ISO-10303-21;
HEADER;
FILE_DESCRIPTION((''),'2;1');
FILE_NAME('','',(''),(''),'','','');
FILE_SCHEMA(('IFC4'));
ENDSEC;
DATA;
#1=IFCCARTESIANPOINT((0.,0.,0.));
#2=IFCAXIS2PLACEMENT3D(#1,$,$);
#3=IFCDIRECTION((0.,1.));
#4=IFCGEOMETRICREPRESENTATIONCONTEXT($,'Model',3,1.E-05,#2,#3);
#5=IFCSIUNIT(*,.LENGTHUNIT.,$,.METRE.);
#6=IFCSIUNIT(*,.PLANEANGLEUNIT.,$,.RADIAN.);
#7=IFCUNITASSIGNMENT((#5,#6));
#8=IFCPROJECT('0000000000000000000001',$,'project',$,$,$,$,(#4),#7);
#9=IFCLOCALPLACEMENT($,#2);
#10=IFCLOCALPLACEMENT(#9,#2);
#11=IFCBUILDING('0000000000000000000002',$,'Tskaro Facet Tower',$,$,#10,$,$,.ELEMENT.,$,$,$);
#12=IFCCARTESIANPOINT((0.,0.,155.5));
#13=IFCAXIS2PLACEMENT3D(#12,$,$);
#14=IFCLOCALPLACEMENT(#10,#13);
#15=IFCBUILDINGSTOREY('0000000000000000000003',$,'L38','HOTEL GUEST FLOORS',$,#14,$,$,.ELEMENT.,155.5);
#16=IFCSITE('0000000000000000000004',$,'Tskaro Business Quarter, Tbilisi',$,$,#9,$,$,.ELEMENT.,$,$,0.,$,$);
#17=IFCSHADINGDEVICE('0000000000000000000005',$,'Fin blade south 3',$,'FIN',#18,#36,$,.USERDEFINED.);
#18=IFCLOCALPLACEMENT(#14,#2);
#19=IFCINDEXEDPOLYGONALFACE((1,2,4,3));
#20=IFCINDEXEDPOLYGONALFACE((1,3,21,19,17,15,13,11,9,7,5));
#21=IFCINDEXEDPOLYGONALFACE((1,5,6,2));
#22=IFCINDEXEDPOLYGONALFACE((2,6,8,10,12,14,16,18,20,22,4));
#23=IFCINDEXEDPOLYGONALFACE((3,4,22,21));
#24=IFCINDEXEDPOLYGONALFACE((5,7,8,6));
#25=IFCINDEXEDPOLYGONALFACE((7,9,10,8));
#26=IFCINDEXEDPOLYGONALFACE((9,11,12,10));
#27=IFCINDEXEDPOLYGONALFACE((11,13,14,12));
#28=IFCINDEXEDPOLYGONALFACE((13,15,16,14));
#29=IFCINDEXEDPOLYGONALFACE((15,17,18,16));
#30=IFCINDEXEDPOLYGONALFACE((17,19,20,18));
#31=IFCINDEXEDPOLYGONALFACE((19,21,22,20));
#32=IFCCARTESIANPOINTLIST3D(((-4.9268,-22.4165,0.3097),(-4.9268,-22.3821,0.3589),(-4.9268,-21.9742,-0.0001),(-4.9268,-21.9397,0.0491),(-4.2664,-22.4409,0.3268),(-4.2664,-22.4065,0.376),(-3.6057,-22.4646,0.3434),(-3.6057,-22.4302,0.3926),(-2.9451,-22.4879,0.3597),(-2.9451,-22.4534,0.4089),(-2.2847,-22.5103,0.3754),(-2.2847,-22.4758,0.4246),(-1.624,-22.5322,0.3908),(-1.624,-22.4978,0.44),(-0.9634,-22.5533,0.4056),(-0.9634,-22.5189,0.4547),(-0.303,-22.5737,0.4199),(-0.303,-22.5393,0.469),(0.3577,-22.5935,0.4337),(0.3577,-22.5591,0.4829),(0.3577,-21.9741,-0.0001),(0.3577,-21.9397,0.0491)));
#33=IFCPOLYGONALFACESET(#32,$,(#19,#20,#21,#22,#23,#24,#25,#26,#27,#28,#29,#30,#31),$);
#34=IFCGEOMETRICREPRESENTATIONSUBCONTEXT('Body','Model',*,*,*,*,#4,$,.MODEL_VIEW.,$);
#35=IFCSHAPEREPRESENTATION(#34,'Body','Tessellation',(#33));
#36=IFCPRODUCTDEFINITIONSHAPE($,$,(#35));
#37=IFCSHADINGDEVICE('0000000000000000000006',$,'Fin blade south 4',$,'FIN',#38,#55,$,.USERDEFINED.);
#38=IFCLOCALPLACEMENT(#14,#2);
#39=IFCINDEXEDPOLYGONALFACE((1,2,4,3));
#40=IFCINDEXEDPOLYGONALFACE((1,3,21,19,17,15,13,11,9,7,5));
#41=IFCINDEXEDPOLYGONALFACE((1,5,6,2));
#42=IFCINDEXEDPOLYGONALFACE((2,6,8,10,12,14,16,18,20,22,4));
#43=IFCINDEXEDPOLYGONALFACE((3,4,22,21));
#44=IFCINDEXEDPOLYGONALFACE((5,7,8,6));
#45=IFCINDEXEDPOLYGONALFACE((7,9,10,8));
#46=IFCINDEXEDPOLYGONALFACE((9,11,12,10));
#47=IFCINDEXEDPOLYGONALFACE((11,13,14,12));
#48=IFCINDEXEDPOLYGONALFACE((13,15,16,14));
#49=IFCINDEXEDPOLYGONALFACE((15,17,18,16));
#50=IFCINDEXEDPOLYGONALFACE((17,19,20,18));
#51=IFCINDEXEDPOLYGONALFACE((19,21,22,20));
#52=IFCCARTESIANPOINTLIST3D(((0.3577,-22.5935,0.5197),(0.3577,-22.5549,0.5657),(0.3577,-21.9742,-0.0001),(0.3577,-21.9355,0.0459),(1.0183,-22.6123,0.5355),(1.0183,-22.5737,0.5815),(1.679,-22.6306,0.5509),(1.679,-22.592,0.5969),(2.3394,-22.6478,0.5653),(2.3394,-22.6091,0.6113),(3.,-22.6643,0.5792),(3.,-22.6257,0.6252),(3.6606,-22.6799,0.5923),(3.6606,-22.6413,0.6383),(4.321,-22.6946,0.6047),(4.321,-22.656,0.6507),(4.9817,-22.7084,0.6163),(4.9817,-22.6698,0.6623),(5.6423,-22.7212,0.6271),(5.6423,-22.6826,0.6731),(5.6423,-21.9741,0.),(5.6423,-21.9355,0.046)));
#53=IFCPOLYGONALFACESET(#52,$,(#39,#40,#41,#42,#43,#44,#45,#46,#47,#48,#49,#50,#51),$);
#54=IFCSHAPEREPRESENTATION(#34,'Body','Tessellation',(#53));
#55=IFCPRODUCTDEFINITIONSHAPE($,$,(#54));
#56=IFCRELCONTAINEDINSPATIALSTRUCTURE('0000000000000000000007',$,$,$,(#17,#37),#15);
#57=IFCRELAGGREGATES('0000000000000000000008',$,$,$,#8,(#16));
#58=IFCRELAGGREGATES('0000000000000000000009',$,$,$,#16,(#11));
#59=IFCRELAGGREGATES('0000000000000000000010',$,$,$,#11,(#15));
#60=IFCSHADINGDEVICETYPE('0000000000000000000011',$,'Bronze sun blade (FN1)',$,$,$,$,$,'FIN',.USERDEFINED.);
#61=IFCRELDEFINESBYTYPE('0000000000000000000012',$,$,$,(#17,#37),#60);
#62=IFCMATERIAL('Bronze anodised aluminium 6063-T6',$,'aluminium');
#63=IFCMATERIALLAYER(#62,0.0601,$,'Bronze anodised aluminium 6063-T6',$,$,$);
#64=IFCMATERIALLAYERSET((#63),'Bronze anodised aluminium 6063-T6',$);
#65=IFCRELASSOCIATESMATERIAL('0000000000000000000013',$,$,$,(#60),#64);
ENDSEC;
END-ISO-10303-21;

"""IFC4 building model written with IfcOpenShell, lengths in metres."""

from ifc_helpers import new_model, si_unit, direction, frame, origin, place, context, subcontext, project, spatial, polyline, outline, extrude, material, layer, layer_set, type_object, element, save


model = new_model("IFC4")

# Units and contexts
model_context = context("Model", 3, precision=1e-05, world=origin(), true_north=direction((0.0, 1.0)))
body_context = subcontext(model_context, "Body", "Model", "MODEL_VIEW")
ifc_project = project(units=[si_unit("LENGTHUNIT", "METRE"), si_unit("PLANEANGLEUNIT", "RADIAN")], contexts=[model_context])

# Site, building, storey
site_placement = place(None, origin())
site = spatial("IfcSite", under=ifc_project, at=site_placement, Name="Tskaro Business Quarter, Tbilisi", CompositionType="ELEMENT", RefElevation=0.0)
building_placement = place(site_placement, origin())
building = spatial("IfcBuilding", under=site, at=building_placement, Name="Tskaro Facet Tower", CompositionType="ELEMENT")
storey_placement = place(building_placement, frame((0.0, 0.0, 155.5)))
storey = spatial("IfcBuildingStorey", under=building, at=storey_placement, Name="L38", Description="HOTEL GUEST FLOORS", CompositionType="ELEMENT", Elevation=155.5)

# Shared definitions
ifc_material_1 = material(Name="Bronze anodised aluminium 6063-T6", Category="aluminium")

# Shading devices
ifc_layer_1 = layer(ifc_material_1, 0.0601, Name="Bronze anodised aluminium 6063-T6")
ifc_layer_set_1 = layer_set([ifc_layer_1], Name="Bronze anodised aluminium 6063-T6")
shading_device_type = type_object("IfcShadingDeviceType", Name="Bronze sun blade (FN1)", ElementType="FIN", PredefinedType="USERDEFINED", material=ifc_layer_set_1)
shading_device_1_placement = place(storey_placement, frame((-4.9268, -21.9397, 0.0491), z_axis=(-0.000003, 0.573693, 0.81907), x_axis=(1.0, 0.000002, 0.000003)))
element("IfcShadingDevice", 1, at=shading_device_1_placement, inside=storey, type_object=shading_device_type, Name="Fin blade south 3", ObjectType="FIN", PredefinedType="USERDEFINED", context=body_context, shape_type="SweptSolid", body=[
    extrude(outline(polyline([(0.0, 0.0), (5.2844, 0.0), (5.2844, -0.7562), (4.6238, -0.732), (3.9634, -0.7071), (3.3027, -0.6814), (2.6421, -0.6545), (1.9817, -0.6272), (1.321, -0.5988), (0.6604, -0.5699), (0.0, -0.5401), (0.0, 0.0)])), origin(), (0.0, 0.0, -1.0), 0.0601),
])
shading_device_2_placement = place(storey_placement, frame((0.3577, -21.9355, 0.0459), z_axis=(-0.000019, 0.642883, 0.765964), x_axis=(1.0, 0.000012, 0.000014)))
element("IfcShadingDevice", 2, at=shading_device_2_placement, inside=storey, type_object=shading_device_type, Name="Fin blade south 4", ObjectType="FIN", PredefinedType="USERDEFINED", context=body_context, shape_type="SweptSolid", body=[
    extrude(outline(polyline([(0.0, 0.0), (5.2847, 0.0), (5.2847, -0.9754), (4.624, -0.9587), (3.9634, -0.9406), (3.303, -0.9214), (2.6423, -0.9011), (1.9817, -0.8794), (1.3213, -0.8571), (0.6606, -0.8332), (0.0, -0.8086), (0.0, 0.0)])), origin(), (0.0, 0.0, -1.0), 0.0601),
])

save(model, "model.ifc")
